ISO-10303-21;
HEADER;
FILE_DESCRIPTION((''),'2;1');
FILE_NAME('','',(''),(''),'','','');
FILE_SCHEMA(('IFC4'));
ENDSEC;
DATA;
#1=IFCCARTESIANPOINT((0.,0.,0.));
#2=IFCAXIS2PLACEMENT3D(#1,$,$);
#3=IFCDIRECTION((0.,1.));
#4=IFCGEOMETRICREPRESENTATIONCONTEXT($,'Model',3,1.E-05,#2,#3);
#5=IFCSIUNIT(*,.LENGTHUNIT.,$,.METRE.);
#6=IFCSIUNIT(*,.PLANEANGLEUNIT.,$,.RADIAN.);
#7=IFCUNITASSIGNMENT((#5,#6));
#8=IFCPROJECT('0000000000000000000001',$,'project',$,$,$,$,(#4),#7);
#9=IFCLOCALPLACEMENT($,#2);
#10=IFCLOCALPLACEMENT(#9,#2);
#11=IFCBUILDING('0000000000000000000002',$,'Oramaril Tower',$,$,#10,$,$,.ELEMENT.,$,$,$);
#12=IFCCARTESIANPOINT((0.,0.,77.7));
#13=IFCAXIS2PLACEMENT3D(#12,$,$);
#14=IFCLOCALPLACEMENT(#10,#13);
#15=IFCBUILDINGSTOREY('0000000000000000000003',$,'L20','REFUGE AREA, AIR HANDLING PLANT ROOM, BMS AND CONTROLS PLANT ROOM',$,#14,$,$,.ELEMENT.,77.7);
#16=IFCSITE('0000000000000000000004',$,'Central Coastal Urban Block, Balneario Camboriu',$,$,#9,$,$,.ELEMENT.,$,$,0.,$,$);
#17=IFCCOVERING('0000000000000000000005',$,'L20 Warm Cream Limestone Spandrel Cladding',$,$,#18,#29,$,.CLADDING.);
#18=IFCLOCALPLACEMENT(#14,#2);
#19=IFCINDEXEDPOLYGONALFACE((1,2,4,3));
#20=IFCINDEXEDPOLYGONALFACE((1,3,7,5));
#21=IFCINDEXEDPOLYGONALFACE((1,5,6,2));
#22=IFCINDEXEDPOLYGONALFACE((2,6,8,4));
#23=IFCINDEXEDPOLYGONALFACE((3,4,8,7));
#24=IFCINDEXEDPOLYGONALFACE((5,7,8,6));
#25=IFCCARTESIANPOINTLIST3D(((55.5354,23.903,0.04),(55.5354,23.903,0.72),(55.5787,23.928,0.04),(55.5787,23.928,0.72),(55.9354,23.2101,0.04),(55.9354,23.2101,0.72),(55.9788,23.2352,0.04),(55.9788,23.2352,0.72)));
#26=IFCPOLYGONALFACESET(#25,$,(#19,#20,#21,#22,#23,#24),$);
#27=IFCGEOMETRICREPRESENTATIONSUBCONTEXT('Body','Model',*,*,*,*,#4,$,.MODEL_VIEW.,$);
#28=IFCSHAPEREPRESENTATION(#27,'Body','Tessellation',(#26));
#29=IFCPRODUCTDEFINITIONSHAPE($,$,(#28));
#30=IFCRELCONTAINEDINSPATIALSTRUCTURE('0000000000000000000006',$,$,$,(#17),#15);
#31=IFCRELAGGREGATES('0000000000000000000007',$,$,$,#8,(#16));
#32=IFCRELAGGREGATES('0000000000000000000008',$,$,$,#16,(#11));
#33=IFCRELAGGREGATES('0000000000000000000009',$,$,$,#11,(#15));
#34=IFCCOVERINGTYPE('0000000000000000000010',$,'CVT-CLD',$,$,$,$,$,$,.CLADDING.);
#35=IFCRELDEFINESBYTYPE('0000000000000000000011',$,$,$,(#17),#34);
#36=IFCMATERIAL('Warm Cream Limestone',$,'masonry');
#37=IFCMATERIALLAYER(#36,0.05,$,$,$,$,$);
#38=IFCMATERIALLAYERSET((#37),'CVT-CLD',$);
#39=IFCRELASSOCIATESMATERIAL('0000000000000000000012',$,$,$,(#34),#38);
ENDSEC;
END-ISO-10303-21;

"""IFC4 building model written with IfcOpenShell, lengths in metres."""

from ifc_helpers import new_model, si_unit, direction, frame, origin, origin_2d, place, context, subcontext, project, spatial, rectangle, extrude, material, layer, layer_set, type_object, element, save


model = new_model("IFC4")

# Units and contexts
model_context = context("Model", 3, precision=1e-05, world=origin(), true_north=direction((0.0, 1.0)))
body_context = subcontext(model_context, "Body", "Model", "MODEL_VIEW")
ifc_project = project(units=[si_unit("LENGTHUNIT", "METRE"), si_unit("PLANEANGLEUNIT", "RADIAN")], contexts=[model_context])

# Site, building, storey
site_placement = place(None, origin())
site = spatial("IfcSite", under=ifc_project, at=site_placement, Name="Central Coastal Urban Block, Balneario Camboriu", CompositionType="ELEMENT", RefElevation=0.0)
building_placement = place(site_placement, origin())
building = spatial("IfcBuilding", under=site, at=building_placement, Name="Oramaril Tower", CompositionType="ELEMENT")
storey_placement = place(building_placement, frame((0.0, 0.0, 77.7)))
storey = spatial("IfcBuildingStorey", under=building, at=storey_placement, Name="L20", Description="REFUGE AREA, AIR HANDLING PLANT ROOM, BMS AND CONTROLS PLANT ROOM", CompositionType="ELEMENT", Elevation=77.7)

# Covering
ifc_material_1 = material(Name="Warm Cream Limestone", Category="masonry")
ifc_layer_1 = layer(ifc_material_1, 0.05)
ifc_layer_set_1 = layer_set([ifc_layer_1], Name="CVT-CLD")
covering_type = type_object("IfcCoveringType", Name="CVT-CLD", PredefinedType="CLADDING", material=ifc_layer_set_1)
covering_placement = place(storey_placement, frame((55.7571, 23.5691, 0.04), z_axis=(0.0, 0.0, 1.0), x_axis=(-0.499998, 0.866026, 0.0)))
element("IfcCovering", 1, at=covering_placement, inside=storey, type_object=covering_type, Name="L20 Warm Cream Limestone Spandrel Cladding", PredefinedType="CLADDING", context=body_context, shape_type="SweptSolid", body=[
    extrude(rectangle(XDim=0.8, YDim=0.05, at=origin_2d()), origin(), (0.0, 0.0, 1.0), 0.6799),
])

save(model, "model.ifc")
